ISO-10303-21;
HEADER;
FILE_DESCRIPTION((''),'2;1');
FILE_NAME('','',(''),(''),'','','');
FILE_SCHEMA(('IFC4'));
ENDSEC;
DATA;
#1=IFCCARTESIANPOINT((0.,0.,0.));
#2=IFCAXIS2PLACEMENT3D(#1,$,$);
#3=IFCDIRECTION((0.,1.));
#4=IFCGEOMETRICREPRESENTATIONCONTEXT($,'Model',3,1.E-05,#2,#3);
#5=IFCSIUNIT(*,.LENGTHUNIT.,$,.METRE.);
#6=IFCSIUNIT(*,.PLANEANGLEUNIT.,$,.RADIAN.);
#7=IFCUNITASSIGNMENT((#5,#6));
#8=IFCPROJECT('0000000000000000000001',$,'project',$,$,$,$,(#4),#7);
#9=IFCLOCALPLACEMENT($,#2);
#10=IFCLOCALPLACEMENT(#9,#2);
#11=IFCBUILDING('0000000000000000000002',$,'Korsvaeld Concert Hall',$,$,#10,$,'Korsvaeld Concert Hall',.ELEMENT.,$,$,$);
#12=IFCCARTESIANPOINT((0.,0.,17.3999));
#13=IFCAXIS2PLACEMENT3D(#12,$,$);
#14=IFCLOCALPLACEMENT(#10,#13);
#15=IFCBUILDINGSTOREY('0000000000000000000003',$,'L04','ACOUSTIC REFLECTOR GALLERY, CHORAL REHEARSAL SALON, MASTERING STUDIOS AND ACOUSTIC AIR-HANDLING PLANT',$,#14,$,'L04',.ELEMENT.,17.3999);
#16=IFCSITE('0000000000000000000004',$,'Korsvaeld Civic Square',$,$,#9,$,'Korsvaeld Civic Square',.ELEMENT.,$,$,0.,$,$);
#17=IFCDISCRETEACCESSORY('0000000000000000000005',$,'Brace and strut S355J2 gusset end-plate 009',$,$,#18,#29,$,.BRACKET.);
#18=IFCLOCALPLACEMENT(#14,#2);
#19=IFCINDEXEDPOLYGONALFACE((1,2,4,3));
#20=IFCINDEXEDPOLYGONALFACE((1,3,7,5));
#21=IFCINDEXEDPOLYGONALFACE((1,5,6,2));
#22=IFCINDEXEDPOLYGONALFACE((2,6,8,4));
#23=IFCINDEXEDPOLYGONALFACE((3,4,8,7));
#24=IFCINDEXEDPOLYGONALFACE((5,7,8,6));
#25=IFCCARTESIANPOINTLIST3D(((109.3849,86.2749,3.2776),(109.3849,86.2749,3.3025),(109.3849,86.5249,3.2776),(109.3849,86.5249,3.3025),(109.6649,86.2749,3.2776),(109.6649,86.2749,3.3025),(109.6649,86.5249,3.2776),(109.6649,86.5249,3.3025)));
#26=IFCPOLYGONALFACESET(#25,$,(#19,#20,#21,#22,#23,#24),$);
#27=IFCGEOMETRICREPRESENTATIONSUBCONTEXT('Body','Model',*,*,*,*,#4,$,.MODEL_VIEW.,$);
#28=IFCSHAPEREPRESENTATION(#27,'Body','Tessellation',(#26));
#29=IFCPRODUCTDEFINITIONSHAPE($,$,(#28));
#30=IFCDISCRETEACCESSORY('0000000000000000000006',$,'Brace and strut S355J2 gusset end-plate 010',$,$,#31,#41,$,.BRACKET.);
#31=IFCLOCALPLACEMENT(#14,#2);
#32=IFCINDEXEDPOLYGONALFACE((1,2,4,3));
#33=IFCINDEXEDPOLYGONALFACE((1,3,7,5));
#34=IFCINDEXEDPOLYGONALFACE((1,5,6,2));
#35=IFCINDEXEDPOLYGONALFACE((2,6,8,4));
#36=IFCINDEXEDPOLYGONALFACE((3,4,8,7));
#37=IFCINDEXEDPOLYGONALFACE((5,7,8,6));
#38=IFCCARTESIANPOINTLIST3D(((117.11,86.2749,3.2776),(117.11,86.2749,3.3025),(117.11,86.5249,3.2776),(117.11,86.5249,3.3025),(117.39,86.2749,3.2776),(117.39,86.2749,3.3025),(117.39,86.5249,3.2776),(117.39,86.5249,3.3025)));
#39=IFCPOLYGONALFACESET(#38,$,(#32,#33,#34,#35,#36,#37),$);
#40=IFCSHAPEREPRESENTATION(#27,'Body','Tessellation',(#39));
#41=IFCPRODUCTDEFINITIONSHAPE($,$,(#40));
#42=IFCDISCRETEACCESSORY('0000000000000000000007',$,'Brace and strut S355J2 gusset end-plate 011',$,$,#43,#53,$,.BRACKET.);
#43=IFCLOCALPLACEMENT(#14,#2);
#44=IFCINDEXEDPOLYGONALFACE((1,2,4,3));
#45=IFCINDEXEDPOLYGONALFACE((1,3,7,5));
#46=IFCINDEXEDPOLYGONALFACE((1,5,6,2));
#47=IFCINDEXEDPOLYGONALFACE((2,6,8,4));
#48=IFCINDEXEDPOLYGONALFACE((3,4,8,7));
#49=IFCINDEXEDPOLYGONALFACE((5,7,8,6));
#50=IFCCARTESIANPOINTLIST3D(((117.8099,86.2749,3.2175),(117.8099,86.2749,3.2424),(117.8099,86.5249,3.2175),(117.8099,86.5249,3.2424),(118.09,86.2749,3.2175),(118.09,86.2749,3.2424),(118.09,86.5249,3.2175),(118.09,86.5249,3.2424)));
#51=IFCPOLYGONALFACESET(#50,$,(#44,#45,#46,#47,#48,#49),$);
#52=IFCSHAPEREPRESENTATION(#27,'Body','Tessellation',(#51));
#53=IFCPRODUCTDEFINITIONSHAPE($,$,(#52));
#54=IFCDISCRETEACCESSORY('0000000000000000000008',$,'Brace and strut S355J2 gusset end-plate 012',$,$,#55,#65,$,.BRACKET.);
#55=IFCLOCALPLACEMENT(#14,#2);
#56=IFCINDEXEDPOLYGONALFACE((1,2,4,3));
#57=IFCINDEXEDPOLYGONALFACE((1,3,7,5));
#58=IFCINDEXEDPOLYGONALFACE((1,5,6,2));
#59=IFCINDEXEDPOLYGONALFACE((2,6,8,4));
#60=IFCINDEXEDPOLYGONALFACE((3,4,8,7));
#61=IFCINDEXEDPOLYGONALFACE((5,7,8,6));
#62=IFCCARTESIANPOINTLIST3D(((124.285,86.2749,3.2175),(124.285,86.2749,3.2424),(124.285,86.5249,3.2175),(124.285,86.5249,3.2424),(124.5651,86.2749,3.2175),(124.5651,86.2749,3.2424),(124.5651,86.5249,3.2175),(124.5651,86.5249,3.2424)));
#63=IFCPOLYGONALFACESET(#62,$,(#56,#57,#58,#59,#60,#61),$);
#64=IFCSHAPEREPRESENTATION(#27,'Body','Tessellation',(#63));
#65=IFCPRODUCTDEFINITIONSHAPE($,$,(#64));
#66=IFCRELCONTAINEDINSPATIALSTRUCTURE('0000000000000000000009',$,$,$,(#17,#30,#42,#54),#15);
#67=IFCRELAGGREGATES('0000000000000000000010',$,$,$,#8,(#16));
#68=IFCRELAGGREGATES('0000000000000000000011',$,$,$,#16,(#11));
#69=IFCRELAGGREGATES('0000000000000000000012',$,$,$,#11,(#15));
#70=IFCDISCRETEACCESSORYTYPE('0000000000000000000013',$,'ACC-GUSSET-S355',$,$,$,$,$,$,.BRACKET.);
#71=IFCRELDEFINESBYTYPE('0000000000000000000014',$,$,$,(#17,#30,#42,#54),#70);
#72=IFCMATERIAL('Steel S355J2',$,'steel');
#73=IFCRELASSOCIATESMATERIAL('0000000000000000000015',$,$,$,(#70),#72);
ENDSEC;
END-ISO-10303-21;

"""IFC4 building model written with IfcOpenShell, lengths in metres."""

from ifc_helpers import new_model, si_unit, direction, frame, origin, origin_2d, place, context, subcontext, project, spatial, rectangle, extrude, material, type_object, element, save


model = new_model("IFC4")

# Units and contexts
model_context = context("Model", 3, precision=1e-05, world=origin(), true_north=direction((0.0, 1.0)))
body_context = subcontext(model_context, "Body", "Model", "MODEL_VIEW")
ifc_project = project(units=[si_unit("LENGTHUNIT", "METRE"), si_unit("PLANEANGLEUNIT", "RADIAN")], contexts=[model_context])

# Site, building, storey
site_placement = place(None, origin())
site = spatial("IfcSite", under=ifc_project, at=site_placement, Name="Korsvaeld Civic Square", LongName="Korsvaeld Civic Square", CompositionType="ELEMENT", RefElevation=0.0)
building_placement = place(site_placement, origin())
building = spatial("IfcBuilding", under=site, at=building_placement, Name="Korsvaeld Concert Hall", LongName="Korsvaeld Concert Hall", CompositionType="ELEMENT")
storey_placement = place(building_placement, frame((0.0, 0.0, 17.3999)))
storey = spatial("IfcBuildingStorey", under=building, at=storey_placement, Name="L04", Description="ACOUSTIC REFLECTOR GALLERY, CHORAL REHEARSAL SALON, MASTERING STUDIOS AND ACOUSTIC AIR-HANDLING PLANT", LongName="L04", CompositionType="ELEMENT", Elevation=17.3999)

# Shared definitions
ifc_material_1 = material(Name="Steel S355J2", Category="steel")

# Discrete accessories
discrete_accessory_type = type_object("IfcDiscreteAccessoryType", Name="ACC-GUSSET-S355", PredefinedType="BRACKET", material=ifc_material_1)
for number, where, z_axis, x_axis, name in (
    (1, (109.5249, 86.3999, 3.2776), (0.0, 0.0, 1.0), (1.0, 0.0, 0.0), "Brace and strut S355J2 gusset end-plate 009"),
    (2, (117.25, 86.3999, 3.2776), (0.0, 0.0, 1.0), (1.0, 0.0, 0.0), "Brace and strut S355J2 gusset end-plate 010"),
    (3, (117.95, 86.3999, 3.2175), (0.0, 0.0, 1.0), (1.0, 0.0, 0.0), "Brace and strut S355J2 gusset end-plate 011"),
    (4, (124.425, 86.3999, 3.2175), (0.0, 0.0, 1.0), (1.0, 0.0, 0.0), "Brace and strut S355J2 gusset end-plate 012"),
):
    element("IfcDiscreteAccessory", number, at=place(storey_placement, frame(where, z_axis=z_axis, x_axis=x_axis)), inside=storey, type_object=discrete_accessory_type, Name=name, PredefinedType="BRACKET", context=body_context, shape_type="SweptSolid", body=[
        extrude(rectangle(XDim=0.28, YDim=0.25, at=origin_2d()), origin(), (0.0, 0.0, 1.0), 0.0249),
    ])

save(model, "model.ifc")
